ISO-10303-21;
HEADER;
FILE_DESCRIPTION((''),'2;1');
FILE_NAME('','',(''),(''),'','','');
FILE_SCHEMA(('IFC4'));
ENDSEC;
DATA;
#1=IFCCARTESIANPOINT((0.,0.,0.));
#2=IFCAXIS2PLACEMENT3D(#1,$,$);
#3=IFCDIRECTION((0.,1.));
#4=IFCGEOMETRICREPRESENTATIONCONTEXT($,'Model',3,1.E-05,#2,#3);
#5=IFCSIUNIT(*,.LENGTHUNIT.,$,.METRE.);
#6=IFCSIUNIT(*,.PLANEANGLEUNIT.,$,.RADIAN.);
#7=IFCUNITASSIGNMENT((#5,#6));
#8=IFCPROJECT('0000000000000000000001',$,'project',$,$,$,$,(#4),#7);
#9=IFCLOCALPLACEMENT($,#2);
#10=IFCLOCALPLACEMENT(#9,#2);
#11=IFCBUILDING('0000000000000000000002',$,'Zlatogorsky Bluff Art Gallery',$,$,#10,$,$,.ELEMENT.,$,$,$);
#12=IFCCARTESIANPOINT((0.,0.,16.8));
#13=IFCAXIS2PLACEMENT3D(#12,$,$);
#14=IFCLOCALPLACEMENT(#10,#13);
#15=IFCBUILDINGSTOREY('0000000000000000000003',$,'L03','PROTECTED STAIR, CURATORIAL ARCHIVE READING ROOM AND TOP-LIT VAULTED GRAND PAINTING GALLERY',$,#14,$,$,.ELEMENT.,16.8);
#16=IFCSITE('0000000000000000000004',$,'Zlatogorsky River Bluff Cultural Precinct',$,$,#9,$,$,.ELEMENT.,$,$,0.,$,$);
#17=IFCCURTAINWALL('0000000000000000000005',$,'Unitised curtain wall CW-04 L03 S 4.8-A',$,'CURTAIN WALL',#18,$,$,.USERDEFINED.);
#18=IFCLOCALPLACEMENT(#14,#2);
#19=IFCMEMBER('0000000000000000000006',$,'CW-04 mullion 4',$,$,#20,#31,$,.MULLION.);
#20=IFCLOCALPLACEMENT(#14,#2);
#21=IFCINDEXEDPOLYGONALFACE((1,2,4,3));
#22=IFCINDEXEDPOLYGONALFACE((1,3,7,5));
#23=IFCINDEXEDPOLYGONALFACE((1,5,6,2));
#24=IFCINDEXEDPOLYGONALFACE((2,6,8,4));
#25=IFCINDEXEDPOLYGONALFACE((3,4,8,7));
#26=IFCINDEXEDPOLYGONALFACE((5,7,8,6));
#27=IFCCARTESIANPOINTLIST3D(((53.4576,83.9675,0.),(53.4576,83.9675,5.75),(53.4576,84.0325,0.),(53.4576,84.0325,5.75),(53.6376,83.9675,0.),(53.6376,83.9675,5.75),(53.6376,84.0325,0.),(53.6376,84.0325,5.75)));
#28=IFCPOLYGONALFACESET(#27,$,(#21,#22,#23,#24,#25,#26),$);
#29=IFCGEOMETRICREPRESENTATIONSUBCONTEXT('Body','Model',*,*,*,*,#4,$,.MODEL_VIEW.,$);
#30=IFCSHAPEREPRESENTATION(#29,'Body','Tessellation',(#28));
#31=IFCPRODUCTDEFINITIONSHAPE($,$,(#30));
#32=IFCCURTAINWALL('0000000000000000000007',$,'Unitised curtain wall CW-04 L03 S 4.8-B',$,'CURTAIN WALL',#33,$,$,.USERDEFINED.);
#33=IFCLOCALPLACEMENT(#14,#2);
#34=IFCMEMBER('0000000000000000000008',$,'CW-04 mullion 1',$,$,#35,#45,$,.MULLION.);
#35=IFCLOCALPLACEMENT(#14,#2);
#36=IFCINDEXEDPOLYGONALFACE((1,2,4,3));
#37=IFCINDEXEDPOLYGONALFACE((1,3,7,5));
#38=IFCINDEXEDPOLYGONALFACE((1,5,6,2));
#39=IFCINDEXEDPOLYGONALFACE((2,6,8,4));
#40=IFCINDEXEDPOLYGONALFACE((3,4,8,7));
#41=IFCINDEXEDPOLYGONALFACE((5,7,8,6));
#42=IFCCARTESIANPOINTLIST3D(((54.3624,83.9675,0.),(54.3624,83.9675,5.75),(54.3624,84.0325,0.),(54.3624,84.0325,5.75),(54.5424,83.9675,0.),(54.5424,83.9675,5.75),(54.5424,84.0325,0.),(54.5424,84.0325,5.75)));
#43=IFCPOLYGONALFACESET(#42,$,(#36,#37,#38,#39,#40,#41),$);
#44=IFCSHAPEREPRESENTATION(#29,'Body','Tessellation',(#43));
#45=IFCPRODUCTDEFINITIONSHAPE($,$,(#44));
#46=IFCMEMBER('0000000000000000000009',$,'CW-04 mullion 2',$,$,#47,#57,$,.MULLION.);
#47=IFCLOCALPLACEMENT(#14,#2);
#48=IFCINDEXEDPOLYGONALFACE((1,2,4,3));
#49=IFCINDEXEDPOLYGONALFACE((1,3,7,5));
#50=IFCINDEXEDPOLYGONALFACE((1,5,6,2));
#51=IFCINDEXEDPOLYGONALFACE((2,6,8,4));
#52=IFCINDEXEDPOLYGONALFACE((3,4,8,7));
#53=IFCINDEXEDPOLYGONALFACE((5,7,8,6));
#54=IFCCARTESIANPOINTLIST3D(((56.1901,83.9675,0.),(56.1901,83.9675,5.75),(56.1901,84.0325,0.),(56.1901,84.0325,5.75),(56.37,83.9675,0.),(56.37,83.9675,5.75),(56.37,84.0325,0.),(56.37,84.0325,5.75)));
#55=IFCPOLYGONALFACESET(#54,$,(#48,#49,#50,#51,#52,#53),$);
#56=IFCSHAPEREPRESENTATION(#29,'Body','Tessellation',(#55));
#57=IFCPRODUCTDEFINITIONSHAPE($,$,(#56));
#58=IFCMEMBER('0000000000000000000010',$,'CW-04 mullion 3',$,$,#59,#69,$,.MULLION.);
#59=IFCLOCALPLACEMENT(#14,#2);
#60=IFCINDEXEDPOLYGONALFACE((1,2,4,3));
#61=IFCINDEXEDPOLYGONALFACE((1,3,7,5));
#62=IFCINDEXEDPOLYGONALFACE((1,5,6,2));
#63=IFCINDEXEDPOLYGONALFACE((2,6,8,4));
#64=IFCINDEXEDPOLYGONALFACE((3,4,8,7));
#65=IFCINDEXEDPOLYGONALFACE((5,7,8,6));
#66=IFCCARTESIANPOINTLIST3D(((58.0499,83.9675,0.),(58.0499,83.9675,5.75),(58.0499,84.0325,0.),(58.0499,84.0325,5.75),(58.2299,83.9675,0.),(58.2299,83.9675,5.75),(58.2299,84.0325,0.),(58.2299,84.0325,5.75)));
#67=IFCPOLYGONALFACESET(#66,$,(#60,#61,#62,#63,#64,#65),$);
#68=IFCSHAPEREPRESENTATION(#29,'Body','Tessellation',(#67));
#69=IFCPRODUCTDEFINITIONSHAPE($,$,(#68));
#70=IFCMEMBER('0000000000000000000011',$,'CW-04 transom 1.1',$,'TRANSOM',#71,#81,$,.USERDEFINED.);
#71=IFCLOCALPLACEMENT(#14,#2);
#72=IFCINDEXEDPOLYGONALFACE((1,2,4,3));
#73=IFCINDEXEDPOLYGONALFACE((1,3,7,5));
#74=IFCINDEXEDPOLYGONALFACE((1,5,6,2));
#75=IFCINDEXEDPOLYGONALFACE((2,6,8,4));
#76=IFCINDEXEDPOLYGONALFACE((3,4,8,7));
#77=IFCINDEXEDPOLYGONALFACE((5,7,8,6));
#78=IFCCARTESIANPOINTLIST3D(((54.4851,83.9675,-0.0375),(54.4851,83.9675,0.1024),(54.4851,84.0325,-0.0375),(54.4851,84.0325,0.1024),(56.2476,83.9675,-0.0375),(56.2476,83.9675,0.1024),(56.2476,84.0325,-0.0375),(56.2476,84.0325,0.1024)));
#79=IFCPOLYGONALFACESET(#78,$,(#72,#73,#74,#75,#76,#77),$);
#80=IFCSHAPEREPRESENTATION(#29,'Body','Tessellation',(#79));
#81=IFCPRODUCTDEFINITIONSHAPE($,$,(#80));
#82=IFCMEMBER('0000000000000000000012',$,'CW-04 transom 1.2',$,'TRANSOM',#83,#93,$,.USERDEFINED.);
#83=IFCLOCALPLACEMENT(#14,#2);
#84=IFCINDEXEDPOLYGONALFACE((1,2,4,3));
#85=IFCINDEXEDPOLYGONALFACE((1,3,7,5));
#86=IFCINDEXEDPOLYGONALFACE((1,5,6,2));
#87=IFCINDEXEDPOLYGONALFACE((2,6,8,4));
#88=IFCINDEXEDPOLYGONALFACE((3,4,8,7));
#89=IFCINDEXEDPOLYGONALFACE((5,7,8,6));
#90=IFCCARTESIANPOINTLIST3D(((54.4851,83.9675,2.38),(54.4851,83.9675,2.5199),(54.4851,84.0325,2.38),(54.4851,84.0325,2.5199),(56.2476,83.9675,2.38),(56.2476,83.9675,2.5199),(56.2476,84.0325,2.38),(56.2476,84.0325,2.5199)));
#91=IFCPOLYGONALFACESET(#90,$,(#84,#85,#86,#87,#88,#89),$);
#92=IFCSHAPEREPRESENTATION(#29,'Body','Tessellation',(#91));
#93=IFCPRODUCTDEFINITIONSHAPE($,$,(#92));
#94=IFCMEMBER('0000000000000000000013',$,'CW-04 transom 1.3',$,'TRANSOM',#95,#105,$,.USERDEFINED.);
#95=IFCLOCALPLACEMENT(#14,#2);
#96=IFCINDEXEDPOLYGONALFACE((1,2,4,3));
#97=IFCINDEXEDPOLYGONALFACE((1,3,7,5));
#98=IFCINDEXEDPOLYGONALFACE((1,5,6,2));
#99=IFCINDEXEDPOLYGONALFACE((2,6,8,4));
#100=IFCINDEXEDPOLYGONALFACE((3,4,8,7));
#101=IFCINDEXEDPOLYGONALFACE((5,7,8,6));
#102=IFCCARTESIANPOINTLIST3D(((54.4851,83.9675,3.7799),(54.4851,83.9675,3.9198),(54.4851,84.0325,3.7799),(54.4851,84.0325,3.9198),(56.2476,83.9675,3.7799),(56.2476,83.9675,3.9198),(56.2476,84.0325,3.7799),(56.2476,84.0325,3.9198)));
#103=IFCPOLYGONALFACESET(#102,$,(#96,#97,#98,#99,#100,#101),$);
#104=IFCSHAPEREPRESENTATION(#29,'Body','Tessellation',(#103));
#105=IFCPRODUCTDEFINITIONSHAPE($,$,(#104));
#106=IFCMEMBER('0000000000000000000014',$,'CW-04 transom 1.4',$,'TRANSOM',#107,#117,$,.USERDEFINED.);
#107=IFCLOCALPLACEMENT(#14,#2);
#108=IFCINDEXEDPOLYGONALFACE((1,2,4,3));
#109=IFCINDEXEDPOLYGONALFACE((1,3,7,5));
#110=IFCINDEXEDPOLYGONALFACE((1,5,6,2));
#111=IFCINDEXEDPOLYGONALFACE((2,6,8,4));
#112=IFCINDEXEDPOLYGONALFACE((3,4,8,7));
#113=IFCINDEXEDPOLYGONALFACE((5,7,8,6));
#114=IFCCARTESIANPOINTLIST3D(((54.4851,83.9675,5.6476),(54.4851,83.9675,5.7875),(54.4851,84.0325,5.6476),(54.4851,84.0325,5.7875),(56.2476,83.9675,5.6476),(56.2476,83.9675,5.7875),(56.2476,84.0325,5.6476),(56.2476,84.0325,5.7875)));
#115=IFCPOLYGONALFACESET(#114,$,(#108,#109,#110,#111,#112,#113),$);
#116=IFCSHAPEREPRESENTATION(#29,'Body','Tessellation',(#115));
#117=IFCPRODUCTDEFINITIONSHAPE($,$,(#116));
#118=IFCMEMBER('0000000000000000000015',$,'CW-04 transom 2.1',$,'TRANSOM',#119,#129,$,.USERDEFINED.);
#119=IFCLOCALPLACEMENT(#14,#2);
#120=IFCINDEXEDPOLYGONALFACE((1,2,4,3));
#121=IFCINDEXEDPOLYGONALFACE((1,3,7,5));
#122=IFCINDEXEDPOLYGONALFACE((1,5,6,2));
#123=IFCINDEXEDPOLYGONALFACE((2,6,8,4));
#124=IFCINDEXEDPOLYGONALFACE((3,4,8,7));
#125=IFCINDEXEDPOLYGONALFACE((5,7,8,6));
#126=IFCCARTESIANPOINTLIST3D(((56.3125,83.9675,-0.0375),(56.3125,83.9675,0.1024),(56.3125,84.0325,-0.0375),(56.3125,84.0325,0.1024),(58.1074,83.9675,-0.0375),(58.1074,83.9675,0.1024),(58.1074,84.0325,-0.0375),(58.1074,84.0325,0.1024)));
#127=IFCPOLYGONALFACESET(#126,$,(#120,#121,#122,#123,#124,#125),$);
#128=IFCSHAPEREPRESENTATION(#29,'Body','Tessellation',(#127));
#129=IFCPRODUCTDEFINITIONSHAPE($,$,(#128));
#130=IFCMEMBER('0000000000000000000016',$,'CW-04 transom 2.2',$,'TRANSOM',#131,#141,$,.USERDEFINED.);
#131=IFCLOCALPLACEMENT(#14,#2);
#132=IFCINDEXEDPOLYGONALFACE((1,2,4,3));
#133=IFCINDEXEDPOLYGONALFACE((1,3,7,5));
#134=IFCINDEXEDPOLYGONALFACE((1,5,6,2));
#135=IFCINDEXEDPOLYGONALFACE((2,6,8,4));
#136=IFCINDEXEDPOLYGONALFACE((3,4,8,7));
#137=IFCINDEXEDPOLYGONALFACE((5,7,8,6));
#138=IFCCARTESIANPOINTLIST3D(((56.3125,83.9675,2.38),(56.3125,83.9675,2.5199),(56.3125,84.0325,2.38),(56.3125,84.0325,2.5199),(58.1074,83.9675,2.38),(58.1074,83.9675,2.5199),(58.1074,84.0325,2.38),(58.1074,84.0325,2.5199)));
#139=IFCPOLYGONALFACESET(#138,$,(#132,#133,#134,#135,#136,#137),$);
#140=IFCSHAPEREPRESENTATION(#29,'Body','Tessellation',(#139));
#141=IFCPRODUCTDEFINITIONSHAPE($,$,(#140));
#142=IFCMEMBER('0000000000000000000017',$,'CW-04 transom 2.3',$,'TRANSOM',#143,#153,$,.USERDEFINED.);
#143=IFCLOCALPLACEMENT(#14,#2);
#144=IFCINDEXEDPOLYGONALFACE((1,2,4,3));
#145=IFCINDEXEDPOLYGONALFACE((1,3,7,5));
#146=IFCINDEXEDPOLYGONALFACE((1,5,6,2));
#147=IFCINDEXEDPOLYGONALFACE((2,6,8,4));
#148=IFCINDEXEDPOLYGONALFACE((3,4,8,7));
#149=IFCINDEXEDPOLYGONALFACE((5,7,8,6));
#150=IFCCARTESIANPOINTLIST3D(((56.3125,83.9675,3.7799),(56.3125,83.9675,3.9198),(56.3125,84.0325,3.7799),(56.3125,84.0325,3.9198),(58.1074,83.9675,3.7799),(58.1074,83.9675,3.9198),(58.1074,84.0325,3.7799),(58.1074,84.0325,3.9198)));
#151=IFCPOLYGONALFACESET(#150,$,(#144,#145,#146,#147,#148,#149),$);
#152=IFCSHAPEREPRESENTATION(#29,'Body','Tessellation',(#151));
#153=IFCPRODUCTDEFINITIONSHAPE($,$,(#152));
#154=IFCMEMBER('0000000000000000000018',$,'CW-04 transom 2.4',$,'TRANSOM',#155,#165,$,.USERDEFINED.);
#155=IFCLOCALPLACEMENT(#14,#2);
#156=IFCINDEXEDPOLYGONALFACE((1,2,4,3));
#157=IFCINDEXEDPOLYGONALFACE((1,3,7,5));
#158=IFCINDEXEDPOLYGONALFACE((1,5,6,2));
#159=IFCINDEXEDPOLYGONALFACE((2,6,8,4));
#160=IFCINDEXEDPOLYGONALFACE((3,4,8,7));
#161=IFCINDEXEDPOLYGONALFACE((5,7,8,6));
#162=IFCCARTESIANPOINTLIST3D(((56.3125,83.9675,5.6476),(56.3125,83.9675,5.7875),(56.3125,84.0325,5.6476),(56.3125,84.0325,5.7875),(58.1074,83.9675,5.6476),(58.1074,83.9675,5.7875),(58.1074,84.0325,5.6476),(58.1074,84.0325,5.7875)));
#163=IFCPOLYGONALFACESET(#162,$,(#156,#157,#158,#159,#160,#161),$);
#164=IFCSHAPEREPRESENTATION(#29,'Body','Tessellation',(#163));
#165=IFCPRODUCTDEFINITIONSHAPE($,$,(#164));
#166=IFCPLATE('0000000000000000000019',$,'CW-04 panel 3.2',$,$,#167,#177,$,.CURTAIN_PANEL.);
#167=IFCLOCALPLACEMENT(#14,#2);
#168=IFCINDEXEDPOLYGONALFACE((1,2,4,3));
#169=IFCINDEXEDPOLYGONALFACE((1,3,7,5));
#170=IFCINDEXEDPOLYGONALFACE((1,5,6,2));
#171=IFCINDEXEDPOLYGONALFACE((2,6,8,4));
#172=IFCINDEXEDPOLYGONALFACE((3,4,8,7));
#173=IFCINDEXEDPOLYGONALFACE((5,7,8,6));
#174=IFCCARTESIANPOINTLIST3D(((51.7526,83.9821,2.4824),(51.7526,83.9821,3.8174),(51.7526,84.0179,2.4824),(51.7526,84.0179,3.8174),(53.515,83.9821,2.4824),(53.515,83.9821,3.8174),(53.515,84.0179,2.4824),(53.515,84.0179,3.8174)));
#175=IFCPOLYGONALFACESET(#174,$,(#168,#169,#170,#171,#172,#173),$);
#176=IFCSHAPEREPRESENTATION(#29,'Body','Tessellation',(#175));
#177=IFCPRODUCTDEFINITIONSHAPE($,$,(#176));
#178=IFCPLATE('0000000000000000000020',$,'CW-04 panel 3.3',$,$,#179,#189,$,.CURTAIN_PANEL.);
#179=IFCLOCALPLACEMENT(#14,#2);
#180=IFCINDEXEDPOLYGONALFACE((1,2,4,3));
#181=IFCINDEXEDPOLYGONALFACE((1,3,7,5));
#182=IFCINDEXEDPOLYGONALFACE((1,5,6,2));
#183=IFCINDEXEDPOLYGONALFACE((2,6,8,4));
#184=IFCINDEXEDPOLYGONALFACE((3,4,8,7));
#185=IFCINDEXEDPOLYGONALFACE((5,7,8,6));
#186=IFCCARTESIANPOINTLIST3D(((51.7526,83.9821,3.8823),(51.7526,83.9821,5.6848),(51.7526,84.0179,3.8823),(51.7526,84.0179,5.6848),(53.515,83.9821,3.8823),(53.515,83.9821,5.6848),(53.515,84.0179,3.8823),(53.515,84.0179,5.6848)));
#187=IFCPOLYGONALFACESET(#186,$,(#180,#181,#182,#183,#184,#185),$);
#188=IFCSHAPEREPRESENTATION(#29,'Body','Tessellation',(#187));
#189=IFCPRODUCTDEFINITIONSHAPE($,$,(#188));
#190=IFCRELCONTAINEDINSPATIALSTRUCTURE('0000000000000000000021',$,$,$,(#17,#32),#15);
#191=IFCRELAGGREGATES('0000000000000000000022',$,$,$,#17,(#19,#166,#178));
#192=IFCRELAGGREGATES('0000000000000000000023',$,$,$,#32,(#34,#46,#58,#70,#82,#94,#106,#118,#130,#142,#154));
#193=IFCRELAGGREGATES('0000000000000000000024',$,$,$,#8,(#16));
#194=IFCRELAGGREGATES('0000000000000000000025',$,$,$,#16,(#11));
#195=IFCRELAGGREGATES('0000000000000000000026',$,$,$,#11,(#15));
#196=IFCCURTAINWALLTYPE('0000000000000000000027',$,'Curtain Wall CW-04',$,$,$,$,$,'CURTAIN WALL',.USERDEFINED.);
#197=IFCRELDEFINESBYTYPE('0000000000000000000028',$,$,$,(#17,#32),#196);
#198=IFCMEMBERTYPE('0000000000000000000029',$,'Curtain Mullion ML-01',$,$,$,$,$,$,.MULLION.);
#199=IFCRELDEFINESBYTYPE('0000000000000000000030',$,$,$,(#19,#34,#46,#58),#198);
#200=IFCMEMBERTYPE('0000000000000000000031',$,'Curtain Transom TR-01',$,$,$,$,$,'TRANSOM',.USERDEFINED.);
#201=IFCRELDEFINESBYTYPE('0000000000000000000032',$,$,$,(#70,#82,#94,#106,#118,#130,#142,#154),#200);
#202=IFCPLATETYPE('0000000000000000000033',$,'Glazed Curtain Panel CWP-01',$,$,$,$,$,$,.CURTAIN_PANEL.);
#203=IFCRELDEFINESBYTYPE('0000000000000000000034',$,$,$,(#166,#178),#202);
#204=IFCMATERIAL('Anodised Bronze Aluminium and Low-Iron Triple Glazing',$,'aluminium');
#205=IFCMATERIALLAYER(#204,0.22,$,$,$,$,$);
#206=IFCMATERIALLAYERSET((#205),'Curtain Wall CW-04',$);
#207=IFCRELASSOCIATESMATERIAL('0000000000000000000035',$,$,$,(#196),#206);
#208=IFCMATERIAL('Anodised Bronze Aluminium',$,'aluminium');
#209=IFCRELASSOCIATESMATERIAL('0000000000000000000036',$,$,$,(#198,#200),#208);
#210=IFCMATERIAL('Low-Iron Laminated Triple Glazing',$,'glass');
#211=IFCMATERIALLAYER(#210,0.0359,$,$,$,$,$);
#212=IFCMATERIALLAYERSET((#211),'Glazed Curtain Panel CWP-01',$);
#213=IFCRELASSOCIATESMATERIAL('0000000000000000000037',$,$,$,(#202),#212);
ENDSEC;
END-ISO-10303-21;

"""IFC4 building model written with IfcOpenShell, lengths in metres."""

from ifc_helpers import new_model, si_unit, direction, frame, origin, origin_2d, place, context, subcontext, project, spatial, rectangle, extrude, material, layer, layer_set, material_profile, profile_set, type_object, element, aggregate, save


model = new_model("IFC4")

# Units and contexts
model_context = context("Model", 3, precision=1e-05, world=origin(), true_north=direction((0.0, 1.0)))
body_context = subcontext(model_context, "Body", "Model", "MODEL_VIEW")
ifc_project = project(units=[si_unit("LENGTHUNIT", "METRE"), si_unit("PLANEANGLEUNIT", "RADIAN")], contexts=[model_context])

# Site, building, storey
site_placement = place(None, origin())
site = spatial("IfcSite", under=ifc_project, at=site_placement, Name="Zlatogorsky River Bluff Cultural Precinct", CompositionType="ELEMENT", RefElevation=0.0)
building_placement = place(site_placement, origin())
building = spatial("IfcBuilding", under=site, at=building_placement, Name="Zlatogorsky Bluff Art Gallery", CompositionType="ELEMENT")
storey_placement = place(building_placement, frame((0.0, 0.0, 16.8)))
storey = spatial("IfcBuildingStorey", under=building, at=storey_placement, Name="L03", Description="PROTECTED STAIR, CURATORIAL ARCHIVE READING ROOM AND TOP-LIT VAULTED GRAND PAINTING GALLERY", CompositionType="ELEMENT", Elevation=16.8)

# Curtain wall, member
ifc_material_1 = material(Name="Anodised Bronze Aluminium and Low-Iron Triple Glazing", Category="aluminium")
ifc_layer_1 = layer(ifc_material_1, 0.22)
ifc_layer_set_1 = layer_set([ifc_layer_1], Name="Curtain Wall CW-04")
curtain_wall_type = type_object("IfcCurtainWallType", Name="Curtain Wall CW-04", ElementType="CURTAIN WALL", PredefinedType="USERDEFINED", material=ifc_layer_set_1)
curtain_wall_1_placement = place(storey_placement, origin())
curtain_wall_1 = element("IfcCurtainWall", 1, at=curtain_wall_1_placement, inside=storey, type_object=curtain_wall_type, Name="Unitised curtain wall CW-04 L03 S 4.8-A", ObjectType="CURTAIN WALL", PredefinedType="USERDEFINED")
ifc_material_2 = material(Name="Anodised Bronze Aluminium", Category="aluminium")
ifc_material_profile_1 = material_profile(ifc_material_2, rectangle(XDim=0.0649, YDim=0.1799, at=origin_2d()), Name="ALU MULLION 65x180")
ifc_profile_set_1 = profile_set([ifc_material_profile_1], Name="Anodised Bronze Aluminium")
member_type_1 = type_object("IfcMemberType", Name="Curtain Mullion ML-01", PredefinedType="MULLION", material=ifc_profile_set_1)
member_1_placement = place(storey_placement, frame((53.5476, 84.0, 0.0), z_axis=(0.0, 0.0, 1.0), x_axis=(0.0, 1.0, 0.0)))
member_1 = element("IfcMember", 2, at=member_1_placement, type_object=member_type_1, Name="CW-04 mullion 4", PredefinedType="MULLION", context=body_context, shape_type="SweptSolid", body=[
    extrude(rectangle(XDim=0.0649, YDim=0.1799, at=origin_2d()), origin(), (0.0, 0.0, 1.0), 5.75),
])

# Curtain wall, members
curtain_wall_2_placement = place(storey_placement, origin())
curtain_wall_2 = element("IfcCurtainWall", 3, at=curtain_wall_2_placement, inside=storey, type_object=curtain_wall_type, Name="Unitised curtain wall CW-04 L03 S 4.8-B", ObjectType="CURTAIN WALL", PredefinedType="USERDEFINED")
member_2_placement = place(storey_placement, frame((54.4524, 84.0, 0.0), z_axis=(0.0, 0.0, 1.0), x_axis=(0.0, 1.0, 0.0)))
member_2 = element("IfcMember", 4, at=member_2_placement, type_object=member_type_1, Name="CW-04 mullion 1", PredefinedType="MULLION", context=body_context, shape_type="SweptSolid", body=[
    extrude(rectangle(XDim=0.0649, YDim=0.1799, at=origin_2d()), origin(), (0.0, 0.0, 1.0), 5.75),
])
member_3_placement = place(storey_placement, frame((56.28, 84.0, 0.0), z_axis=(0.0, 0.0, 1.0), x_axis=(0.0, 1.0, 0.0)))
member_3 = element("IfcMember", 5, at=member_3_placement, type_object=member_type_1, Name="CW-04 mullion 2", PredefinedType="MULLION", context=body_context, shape_type="SweptSolid", body=[
    extrude(rectangle(XDim=0.0649, YDim=0.1799, at=origin_2d()), origin(), (0.0, 0.0, 1.0), 5.75),
])
member_4_placement = place(storey_placement, frame((58.1399, 84.0, 0.0), z_axis=(0.0, 0.0, 1.0), x_axis=(0.0, 1.0, 0.0)))
member_4 = element("IfcMember", 6, at=member_4_placement, type_object=member_type_1, Name="CW-04 mullion 3", PredefinedType="MULLION", context=body_context, shape_type="SweptSolid", body=[
    extrude(rectangle(XDim=0.0649, YDim=0.1799, at=origin_2d()), origin(), (0.0, 0.0, 1.0), 5.75),
])
ifc_material_profile_2 = material_profile(ifc_material_2, rectangle(XDim=0.0649, YDim=0.1399, at=origin_2d()), Name="ALU TRANSOM 65x140")
ifc_profile_set_2 = profile_set([ifc_material_profile_2], Name="Anodised Bronze Aluminium")
member_type_2 = type_object("IfcMemberType", Name="Curtain Transom TR-01", ElementType="TRANSOM", PredefinedType="USERDEFINED", material=ifc_profile_set_2)
member_5_placement = place(storey_placement, frame((54.4851, 84.0, 0.0325), z_axis=(1.0, 0.0, 0.0), x_axis=(0.0, 1.0, 0.0)))
member_5 = element("IfcMember", 7, at=member_5_placement, type_object=member_type_2, Name="CW-04 transom 1.1", ObjectType="TRANSOM", PredefinedType="USERDEFINED", context=body_context, shape_type="SweptSolid", body=[
    extrude(rectangle(XDim=0.0649, YDim=0.1399, at=origin_2d()), origin(), (0.0, 0.0, 1.0), 1.7625),
])
member_6_placement = place(storey_placement, frame((54.4851, 84.0, 2.45), z_axis=(1.0, 0.0, 0.0), x_axis=(0.0, 1.0, 0.0)))
member_6 = element("IfcMember", 8, at=member_6_placement, type_object=member_type_2, Name="CW-04 transom 1.2", ObjectType="TRANSOM", PredefinedType="USERDEFINED", context=body_context, shape_type="SweptSolid", body=[
    extrude(rectangle(XDim=0.0649, YDim=0.1399, at=origin_2d()), origin(), (0.0, 0.0, 1.0), 1.7625),
])
member_7_placement = place(storey_placement, frame((54.4851, 84.0, 3.8499), z_axis=(1.0, 0.0, 0.0), x_axis=(0.0, 1.0, 0.0)))
member_7 = element("IfcMember", 9, at=member_7_placement, type_object=member_type_2, Name="CW-04 transom 1.3", ObjectType="TRANSOM", PredefinedType="USERDEFINED", context=body_context, shape_type="SweptSolid", body=[
    extrude(rectangle(XDim=0.0649, YDim=0.1399, at=origin_2d()), origin(), (0.0, 0.0, 1.0), 1.7625),
])
member_8_placement = place(storey_placement, frame((54.4851, 84.0, 5.7175), z_axis=(1.0, 0.0, 0.0), x_axis=(0.0, 1.0, 0.0)))
member_8 = element("IfcMember", 10, at=member_8_placement, type_object=member_type_2, Name="CW-04 transom 1.4", ObjectType="TRANSOM", PredefinedType="USERDEFINED", context=body_context, shape_type="SweptSolid", body=[
    extrude(rectangle(XDim=0.0649, YDim=0.1399, at=origin_2d()), origin(), (0.0, 0.0, 1.0), 1.7625),
])
member_9_placement = place(storey_placement, frame((56.3125, 84.0, 0.0325), z_axis=(1.0, 0.0, 0.0), x_axis=(0.0, 1.0, 0.0)))
member_9 = element("IfcMember", 11, at=member_9_placement, type_object=member_type_2, Name="CW-04 transom 2.1", ObjectType="TRANSOM", PredefinedType="USERDEFINED", context=body_context, shape_type="SweptSolid", body=[
    extrude(rectangle(XDim=0.0649, YDim=0.1399, at=origin_2d()), origin(), (0.0, 0.0, 1.0), 1.7949),
])
member_10_placement = place(storey_placement, frame((56.3125, 84.0, 2.45), z_axis=(1.0, 0.0, 0.0), x_axis=(0.0, 1.0, 0.0)))
member_10 = element("IfcMember", 12, at=member_10_placement, type_object=member_type_2, Name="CW-04 transom 2.2", ObjectType="TRANSOM", PredefinedType="USERDEFINED", context=body_context, shape_type="SweptSolid", body=[
    extrude(rectangle(XDim=0.0649, YDim=0.1399, at=origin_2d()), origin(), (0.0, 0.0, 1.0), 1.7949),
])
member_11_placement = place(storey_placement, frame((56.3125, 84.0, 3.8499), z_axis=(1.0, 0.0, 0.0), x_axis=(0.0, 1.0, 0.0)))
member_11 = element("IfcMember", 13, at=member_11_placement, type_object=member_type_2, Name="CW-04 transom 2.3", ObjectType="TRANSOM", PredefinedType="USERDEFINED", context=body_context, shape_type="SweptSolid", body=[
    extrude(rectangle(XDim=0.0649, YDim=0.1399, at=origin_2d()), origin(), (0.0, 0.0, 1.0), 1.7949),
])
member_12_placement = place(storey_placement, frame((56.3125, 84.0, 5.7175), z_axis=(1.0, 0.0, 0.0), x_axis=(0.0, 1.0, 0.0)))
member_12 = element("IfcMember", 14, at=member_12_placement, type_object=member_type_2, Name="CW-04 transom 2.4", ObjectType="TRANSOM", PredefinedType="USERDEFINED", context=body_context, shape_type="SweptSolid", body=[
    extrude(rectangle(XDim=0.0649, YDim=0.1399, at=origin_2d()), origin(), (0.0, 0.0, 1.0), 1.7949),
])

# Plates
ifc_material_3 = material(Name="Low-Iron Laminated Triple Glazing", Category="glass")
ifc_layer_2 = layer(ifc_material_3, 0.0359)
ifc_layer_set_2 = layer_set([ifc_layer_2], Name="Glazed Curtain Panel CWP-01")
plate_type = type_object("IfcPlateType", Name="Glazed Curtain Panel CWP-01", PredefinedType="CURTAIN_PANEL", material=ifc_layer_set_2)
plate_1_placement = place(storey_placement, frame((52.6338, 84.0, 2.4824), z_axis=(0.0, 0.0, 1.0), x_axis=(1.0, 0.0, 0.0)))
plate_1 = element("IfcPlate", 15, at=plate_1_placement, type_object=plate_type, Name="CW-04 panel 3.2", PredefinedType="CURTAIN_PANEL", context=body_context, shape_type="SweptSolid", body=[
    extrude(rectangle(XDim=1.7625, YDim=0.0359, at=origin_2d()), origin(), (0.0, 0.0, 1.0), 1.335),
])
plate_2_placement = place(storey_placement, frame((52.6338, 84.0, 3.8823), z_axis=(0.0, 0.0, 1.0), x_axis=(1.0, 0.0, 0.0)))
plate_2 = element("IfcPlate", 16, at=plate_2_placement, type_object=plate_type, Name="CW-04 panel 3.3", PredefinedType="CURTAIN_PANEL", context=body_context, shape_type="SweptSolid", body=[
    extrude(rectangle(XDim=1.7625, YDim=0.0359, at=origin_2d()), origin(), (0.0, 0.0, 1.0), 1.8025),
])
aggregate(curtain_wall_1, [member_1, plate_1, plate_2])
aggregate(curtain_wall_2, [member_2, member_3, member_4, member_5, member_6, member_7, member_8, member_9, member_10, member_11, member_12])

save(model, "model.ifc")
